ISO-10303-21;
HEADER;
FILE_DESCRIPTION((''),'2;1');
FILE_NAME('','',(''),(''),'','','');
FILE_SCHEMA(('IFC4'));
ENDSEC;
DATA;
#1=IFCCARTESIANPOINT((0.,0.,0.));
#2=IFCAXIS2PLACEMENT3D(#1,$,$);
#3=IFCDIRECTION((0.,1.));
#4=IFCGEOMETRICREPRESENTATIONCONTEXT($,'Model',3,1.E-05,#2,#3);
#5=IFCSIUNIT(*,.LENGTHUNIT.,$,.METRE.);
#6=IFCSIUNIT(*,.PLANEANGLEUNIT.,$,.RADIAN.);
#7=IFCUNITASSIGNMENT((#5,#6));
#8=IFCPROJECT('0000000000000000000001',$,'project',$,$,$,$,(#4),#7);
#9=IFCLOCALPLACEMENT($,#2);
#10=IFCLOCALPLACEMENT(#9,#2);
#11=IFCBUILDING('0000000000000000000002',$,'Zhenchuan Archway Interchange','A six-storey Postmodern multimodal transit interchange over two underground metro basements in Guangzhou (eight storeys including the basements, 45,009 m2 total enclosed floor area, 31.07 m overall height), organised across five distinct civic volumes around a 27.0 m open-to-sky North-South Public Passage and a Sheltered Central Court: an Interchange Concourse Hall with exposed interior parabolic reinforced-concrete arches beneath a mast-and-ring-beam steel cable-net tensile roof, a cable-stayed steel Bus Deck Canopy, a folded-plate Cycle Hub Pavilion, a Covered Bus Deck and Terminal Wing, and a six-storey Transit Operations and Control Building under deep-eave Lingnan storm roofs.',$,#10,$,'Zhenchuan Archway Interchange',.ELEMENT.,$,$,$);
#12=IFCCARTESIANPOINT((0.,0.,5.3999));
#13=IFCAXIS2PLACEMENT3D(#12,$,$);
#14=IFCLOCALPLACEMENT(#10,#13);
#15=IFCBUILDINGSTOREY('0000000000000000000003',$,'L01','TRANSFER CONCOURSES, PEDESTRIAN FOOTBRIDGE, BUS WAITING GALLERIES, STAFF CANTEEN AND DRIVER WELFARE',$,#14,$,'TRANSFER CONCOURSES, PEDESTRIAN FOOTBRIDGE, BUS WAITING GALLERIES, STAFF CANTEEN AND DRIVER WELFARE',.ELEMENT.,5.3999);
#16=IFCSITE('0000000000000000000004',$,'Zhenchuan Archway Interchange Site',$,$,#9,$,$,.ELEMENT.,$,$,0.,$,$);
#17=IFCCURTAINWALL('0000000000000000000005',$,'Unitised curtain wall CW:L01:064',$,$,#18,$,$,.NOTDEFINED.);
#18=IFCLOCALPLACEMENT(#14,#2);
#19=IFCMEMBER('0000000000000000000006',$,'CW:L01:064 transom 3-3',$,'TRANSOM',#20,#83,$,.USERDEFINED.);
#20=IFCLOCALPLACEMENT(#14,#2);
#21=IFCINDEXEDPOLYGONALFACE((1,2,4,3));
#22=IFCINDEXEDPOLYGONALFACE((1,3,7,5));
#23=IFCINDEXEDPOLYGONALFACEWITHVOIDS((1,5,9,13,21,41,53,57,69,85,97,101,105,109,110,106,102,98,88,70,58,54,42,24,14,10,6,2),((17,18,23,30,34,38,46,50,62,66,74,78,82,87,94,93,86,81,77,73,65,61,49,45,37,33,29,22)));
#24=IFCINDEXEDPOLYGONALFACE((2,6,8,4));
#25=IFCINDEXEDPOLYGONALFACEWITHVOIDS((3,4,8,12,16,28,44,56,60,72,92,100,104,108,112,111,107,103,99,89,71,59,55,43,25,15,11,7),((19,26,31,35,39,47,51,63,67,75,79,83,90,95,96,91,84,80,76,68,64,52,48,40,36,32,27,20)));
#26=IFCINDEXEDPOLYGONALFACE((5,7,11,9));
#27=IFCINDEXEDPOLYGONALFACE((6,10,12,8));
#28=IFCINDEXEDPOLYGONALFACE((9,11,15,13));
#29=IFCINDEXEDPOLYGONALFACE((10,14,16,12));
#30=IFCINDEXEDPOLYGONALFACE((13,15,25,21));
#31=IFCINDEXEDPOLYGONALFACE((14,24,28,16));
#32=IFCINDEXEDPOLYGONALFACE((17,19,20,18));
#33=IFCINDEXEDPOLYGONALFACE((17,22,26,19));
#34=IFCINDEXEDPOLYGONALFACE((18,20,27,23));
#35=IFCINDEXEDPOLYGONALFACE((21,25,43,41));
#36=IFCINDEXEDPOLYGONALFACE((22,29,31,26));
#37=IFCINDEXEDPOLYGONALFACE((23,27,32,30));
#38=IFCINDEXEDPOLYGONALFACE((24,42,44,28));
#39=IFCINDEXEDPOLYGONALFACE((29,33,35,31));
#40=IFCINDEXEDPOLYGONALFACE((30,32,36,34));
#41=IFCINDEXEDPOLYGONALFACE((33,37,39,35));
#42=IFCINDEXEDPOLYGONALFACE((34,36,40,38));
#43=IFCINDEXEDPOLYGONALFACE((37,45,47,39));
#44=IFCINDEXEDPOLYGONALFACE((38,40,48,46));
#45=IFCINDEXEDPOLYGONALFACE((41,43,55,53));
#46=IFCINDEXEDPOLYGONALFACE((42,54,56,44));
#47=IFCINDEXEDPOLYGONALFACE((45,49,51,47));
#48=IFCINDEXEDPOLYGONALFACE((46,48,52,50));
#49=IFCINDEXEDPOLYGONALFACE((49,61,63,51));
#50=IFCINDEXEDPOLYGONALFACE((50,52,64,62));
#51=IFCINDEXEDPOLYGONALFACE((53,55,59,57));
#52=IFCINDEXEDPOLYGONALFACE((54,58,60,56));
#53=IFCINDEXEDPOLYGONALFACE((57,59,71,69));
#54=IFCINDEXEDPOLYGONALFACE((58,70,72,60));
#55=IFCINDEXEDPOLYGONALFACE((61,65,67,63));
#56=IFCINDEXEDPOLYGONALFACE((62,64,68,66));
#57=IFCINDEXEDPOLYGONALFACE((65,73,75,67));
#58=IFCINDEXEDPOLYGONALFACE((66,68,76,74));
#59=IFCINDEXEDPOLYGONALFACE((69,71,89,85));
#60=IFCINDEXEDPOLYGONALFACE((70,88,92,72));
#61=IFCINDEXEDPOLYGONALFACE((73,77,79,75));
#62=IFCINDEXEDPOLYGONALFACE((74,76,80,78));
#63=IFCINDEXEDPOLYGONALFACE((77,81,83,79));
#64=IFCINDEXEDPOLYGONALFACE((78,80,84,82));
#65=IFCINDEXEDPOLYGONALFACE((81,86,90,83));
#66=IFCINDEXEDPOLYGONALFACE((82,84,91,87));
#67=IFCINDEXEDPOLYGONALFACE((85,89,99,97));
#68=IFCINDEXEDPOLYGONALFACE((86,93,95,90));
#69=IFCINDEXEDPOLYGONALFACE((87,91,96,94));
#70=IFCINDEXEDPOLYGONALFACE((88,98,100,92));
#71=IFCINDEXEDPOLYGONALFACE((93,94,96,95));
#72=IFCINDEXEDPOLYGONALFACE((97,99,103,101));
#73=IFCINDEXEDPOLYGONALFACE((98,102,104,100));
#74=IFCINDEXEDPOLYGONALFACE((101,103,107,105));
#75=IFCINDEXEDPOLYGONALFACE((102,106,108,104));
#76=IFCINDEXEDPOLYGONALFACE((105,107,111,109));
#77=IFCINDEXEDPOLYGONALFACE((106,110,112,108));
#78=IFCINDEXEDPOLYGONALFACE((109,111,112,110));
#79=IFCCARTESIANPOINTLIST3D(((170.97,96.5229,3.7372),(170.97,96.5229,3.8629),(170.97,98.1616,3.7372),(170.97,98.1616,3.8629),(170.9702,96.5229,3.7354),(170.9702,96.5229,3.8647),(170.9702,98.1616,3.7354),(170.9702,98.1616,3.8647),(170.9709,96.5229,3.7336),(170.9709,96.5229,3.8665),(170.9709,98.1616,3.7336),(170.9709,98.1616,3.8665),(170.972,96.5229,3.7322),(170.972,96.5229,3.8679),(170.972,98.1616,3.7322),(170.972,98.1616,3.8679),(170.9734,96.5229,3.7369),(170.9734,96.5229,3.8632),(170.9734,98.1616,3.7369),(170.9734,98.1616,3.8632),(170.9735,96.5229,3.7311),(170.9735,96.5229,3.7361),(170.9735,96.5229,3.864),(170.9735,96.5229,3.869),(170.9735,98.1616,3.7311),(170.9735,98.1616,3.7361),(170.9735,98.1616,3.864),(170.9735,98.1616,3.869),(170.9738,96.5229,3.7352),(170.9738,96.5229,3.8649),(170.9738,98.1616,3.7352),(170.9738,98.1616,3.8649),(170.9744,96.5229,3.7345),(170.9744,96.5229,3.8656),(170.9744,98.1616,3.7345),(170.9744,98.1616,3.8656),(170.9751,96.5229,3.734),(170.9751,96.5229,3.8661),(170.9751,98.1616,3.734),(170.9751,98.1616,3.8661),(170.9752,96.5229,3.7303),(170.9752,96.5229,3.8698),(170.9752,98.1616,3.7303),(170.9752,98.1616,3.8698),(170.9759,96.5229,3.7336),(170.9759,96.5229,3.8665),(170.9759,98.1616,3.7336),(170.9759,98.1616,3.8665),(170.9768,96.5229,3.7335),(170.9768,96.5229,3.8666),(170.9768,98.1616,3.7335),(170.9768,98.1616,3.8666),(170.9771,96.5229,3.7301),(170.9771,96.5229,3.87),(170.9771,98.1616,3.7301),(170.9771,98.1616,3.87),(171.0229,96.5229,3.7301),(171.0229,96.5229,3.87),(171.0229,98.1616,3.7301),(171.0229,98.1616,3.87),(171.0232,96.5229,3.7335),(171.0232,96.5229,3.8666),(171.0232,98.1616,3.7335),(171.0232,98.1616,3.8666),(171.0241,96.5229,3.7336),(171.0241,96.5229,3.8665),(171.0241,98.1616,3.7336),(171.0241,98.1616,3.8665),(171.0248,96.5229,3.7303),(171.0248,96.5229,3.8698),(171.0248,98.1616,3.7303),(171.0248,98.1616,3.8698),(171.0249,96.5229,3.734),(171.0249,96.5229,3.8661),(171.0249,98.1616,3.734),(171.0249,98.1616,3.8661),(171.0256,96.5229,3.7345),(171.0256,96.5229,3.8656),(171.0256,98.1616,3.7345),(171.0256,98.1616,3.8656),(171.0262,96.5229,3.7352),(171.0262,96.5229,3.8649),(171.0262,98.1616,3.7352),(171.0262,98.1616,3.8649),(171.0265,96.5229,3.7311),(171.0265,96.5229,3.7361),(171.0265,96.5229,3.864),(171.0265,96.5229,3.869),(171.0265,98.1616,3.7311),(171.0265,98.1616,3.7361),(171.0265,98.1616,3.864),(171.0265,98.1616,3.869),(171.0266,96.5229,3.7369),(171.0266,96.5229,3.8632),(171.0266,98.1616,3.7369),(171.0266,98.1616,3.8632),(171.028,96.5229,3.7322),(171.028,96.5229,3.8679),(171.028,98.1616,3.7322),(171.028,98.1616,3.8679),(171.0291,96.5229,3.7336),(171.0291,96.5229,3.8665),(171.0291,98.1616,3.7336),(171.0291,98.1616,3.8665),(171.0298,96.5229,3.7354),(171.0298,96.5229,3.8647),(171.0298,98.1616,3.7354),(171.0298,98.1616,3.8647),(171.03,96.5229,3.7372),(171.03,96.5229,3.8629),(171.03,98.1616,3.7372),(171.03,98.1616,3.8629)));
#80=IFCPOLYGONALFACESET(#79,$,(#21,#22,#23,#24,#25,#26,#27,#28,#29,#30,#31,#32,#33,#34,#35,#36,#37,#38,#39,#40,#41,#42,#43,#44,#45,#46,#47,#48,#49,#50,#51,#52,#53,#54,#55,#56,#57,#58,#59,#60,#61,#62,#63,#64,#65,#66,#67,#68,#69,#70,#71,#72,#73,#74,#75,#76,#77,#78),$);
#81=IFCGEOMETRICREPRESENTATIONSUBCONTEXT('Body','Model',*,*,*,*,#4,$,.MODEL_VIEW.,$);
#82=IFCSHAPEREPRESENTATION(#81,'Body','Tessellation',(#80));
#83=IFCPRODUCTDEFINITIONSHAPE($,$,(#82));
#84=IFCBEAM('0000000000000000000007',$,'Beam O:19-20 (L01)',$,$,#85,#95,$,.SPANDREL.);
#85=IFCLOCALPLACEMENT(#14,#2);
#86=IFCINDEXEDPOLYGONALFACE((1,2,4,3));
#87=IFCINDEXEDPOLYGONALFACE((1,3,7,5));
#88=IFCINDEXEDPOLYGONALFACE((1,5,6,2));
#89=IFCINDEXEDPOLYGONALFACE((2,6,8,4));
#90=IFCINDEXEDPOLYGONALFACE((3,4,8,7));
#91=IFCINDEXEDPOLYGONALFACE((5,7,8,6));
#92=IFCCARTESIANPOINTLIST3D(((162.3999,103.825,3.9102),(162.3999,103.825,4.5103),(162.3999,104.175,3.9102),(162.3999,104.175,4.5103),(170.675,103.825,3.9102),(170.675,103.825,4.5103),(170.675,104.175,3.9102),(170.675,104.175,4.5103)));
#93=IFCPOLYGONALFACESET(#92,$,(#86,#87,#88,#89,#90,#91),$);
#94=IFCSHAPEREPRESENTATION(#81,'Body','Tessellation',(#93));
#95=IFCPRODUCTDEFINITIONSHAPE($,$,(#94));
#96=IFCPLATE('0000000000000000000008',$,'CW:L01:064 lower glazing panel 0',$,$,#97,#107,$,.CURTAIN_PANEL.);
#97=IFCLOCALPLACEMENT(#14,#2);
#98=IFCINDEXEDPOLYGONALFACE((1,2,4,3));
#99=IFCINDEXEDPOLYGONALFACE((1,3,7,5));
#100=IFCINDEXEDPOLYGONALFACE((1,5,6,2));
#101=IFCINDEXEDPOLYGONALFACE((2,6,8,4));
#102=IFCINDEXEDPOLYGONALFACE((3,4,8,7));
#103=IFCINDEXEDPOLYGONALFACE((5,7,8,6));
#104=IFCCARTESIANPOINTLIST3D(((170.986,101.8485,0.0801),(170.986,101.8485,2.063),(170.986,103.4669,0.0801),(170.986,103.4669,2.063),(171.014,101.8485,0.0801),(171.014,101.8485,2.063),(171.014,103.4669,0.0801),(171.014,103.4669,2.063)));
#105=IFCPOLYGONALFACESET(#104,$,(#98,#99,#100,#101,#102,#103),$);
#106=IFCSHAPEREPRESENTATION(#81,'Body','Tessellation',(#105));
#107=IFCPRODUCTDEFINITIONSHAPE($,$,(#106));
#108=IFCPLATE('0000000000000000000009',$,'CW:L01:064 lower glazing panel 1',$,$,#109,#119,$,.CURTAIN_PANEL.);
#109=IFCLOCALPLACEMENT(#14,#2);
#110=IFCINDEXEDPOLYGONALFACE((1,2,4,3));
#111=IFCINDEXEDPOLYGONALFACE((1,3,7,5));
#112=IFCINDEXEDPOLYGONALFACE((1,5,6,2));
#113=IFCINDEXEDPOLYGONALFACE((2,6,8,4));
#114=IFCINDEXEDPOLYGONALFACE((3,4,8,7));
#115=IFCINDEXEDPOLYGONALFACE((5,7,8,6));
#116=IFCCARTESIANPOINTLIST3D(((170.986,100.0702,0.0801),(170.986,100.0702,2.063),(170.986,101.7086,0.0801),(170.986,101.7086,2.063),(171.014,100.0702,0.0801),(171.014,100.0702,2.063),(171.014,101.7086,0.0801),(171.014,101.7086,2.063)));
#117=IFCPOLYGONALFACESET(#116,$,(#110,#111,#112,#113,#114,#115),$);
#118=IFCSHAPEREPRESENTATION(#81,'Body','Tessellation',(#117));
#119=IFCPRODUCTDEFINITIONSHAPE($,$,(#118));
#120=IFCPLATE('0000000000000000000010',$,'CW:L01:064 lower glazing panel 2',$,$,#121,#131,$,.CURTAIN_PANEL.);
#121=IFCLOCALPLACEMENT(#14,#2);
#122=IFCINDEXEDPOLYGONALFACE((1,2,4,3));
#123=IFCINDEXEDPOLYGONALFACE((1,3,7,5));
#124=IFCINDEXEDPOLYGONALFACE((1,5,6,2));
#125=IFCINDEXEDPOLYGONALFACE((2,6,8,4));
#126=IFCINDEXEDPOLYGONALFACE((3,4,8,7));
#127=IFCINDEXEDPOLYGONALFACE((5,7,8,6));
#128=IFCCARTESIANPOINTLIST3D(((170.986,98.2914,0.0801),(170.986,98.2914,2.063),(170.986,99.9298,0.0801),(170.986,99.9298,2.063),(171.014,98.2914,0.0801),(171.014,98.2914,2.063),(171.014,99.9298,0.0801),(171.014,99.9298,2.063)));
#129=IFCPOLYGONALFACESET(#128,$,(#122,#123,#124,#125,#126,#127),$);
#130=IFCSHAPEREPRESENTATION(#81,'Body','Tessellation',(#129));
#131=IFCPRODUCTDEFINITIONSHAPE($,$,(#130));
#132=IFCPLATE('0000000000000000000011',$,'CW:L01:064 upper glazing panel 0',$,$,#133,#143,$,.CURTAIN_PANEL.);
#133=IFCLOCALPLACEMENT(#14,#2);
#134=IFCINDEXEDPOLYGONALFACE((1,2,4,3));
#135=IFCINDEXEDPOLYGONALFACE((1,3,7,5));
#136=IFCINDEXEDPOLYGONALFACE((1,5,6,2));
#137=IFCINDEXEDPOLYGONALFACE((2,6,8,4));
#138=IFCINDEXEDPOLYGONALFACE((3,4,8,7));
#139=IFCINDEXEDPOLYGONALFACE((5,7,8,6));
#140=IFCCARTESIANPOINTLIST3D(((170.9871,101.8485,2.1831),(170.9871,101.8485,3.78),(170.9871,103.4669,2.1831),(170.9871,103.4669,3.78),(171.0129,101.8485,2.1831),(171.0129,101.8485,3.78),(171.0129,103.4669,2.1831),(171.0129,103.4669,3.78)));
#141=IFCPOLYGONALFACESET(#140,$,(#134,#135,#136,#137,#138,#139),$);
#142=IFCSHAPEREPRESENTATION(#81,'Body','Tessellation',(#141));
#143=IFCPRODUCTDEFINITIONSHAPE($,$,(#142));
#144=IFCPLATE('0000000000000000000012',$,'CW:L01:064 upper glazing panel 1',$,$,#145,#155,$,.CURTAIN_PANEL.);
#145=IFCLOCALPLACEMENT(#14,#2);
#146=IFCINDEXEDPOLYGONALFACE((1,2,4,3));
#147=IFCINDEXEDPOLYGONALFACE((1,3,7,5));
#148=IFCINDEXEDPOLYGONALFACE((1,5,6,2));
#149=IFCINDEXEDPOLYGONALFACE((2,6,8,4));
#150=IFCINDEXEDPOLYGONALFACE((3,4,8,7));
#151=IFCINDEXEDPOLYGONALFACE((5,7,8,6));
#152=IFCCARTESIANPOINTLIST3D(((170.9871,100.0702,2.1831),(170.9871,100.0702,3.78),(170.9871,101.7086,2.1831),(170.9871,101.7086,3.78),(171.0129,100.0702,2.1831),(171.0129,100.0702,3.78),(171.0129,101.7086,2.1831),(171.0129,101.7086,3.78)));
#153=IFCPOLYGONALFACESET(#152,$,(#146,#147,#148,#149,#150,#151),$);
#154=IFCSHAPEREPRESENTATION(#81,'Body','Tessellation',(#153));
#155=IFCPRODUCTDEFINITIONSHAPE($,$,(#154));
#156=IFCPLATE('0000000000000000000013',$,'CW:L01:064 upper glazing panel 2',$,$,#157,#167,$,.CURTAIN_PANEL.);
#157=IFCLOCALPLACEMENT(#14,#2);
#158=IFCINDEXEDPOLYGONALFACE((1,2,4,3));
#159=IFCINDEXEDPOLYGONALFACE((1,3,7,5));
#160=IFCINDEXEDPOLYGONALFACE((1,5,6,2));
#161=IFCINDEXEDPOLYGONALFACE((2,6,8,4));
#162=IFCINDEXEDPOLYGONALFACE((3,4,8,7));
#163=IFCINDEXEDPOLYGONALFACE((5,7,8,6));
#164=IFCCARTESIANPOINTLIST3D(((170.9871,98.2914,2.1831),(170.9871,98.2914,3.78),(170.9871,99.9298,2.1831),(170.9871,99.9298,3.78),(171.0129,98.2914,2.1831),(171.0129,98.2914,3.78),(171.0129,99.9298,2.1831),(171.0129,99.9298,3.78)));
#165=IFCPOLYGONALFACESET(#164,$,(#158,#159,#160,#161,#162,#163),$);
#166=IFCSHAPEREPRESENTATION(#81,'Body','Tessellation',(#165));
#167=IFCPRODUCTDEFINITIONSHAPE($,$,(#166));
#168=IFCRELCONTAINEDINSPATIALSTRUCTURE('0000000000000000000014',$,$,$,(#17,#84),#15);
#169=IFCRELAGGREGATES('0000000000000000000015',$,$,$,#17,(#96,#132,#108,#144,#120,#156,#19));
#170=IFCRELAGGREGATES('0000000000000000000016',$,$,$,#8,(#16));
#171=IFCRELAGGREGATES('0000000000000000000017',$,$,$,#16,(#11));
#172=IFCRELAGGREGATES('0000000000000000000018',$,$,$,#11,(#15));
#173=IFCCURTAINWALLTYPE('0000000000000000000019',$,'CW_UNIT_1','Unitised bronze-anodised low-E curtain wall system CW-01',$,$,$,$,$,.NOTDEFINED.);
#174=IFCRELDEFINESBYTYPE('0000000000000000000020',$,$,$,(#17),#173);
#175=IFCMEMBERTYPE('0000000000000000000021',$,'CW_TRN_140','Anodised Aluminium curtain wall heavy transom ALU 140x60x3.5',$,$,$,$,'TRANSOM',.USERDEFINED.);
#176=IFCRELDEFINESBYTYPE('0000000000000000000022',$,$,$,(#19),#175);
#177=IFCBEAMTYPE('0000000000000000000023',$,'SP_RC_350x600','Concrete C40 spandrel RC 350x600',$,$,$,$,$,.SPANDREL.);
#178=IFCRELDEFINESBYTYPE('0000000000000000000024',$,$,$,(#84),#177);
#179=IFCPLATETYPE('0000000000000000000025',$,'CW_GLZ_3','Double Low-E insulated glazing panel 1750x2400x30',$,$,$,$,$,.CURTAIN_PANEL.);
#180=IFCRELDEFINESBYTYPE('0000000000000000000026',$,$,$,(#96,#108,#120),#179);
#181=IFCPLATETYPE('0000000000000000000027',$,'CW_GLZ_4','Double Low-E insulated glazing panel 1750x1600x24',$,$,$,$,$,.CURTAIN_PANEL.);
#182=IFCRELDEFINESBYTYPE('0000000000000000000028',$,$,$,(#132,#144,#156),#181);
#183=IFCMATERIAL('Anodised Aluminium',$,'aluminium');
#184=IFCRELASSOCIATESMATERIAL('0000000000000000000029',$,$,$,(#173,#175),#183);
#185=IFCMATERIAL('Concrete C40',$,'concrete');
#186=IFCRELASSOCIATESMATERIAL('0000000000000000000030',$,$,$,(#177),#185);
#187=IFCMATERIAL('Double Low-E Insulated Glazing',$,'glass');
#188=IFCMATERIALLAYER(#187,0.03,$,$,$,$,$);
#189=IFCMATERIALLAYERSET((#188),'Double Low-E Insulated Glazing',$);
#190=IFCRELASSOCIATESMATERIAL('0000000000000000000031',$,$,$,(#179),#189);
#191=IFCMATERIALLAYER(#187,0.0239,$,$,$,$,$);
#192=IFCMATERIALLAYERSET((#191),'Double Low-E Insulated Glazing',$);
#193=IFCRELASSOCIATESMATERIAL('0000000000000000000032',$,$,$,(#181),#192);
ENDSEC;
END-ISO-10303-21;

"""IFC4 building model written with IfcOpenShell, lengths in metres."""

from ifc_helpers import new_model, si_unit, direction, frame, origin, origin_2d, place, context, subcontext, project, spatial, rectangle, hollow_rectangle, extrude, material, layer, layer_set, material_profile, profile_set, type_object, element, aggregate, save


model = new_model("IFC4")

# Units and contexts
model_context = context("Model", 3, precision=1e-05, world=origin(), true_north=direction((0.0, 1.0)))
body_context = subcontext(model_context, "Body", "Model", "MODEL_VIEW")
ifc_project = project(units=[si_unit("LENGTHUNIT", "METRE"), si_unit("PLANEANGLEUNIT", "RADIAN")], contexts=[model_context])

# Site, building, storey
site_placement = place(None, origin())
site = spatial("IfcSite", under=ifc_project, at=site_placement, Name="Zhenchuan Archway Interchange Site", CompositionType="ELEMENT", RefElevation=0.0)
building_placement = place(site_placement, origin())
building = spatial("IfcBuilding", under=site, at=building_placement, Name="Zhenchuan Archway Interchange", Description="A six-storey Postmodern multimodal transit interchange over two underground metro basements in Guangzhou (eight storeys including the basements, 45,009 m2 total enclosed floor area, 31.07 m overall height), organised across five distinct civic volumes around a 27.0 m open-to-sky North-South Public Passage and a Sheltered Central Court: an Interchange Concourse Hall with exposed interior parabolic reinforced-concrete arches beneath a mast-and-ring-beam steel cable-net tensile roof, a cable-stayed steel Bus Deck Canopy, a folded-plate Cycle Hub Pavilion, a Covered Bus Deck and Terminal Wing, and a six-storey Transit Operations and Control Building under deep-eave Lingnan storm roofs.", LongName="Zhenchuan Archway Interchange", CompositionType="ELEMENT")
storey_placement = place(building_placement, frame((0.0, 0.0, 5.3999)))
storey = spatial("IfcBuildingStorey", under=building, at=storey_placement, Name="L01", Description="TRANSFER CONCOURSES, PEDESTRIAN FOOTBRIDGE, BUS WAITING GALLERIES, STAFF CANTEEN AND DRIVER WELFARE", LongName="TRANSFER CONCOURSES, PEDESTRIAN FOOTBRIDGE, BUS WAITING GALLERIES, STAFF CANTEEN AND DRIVER WELFARE", CompositionType="ELEMENT", Elevation=5.3999)

# Shared definitions
ifc_material_1 = material(Name="Concrete C40", Category="concrete")

# Shared definitions
ifc_material_2 = material(Name="Anodised Aluminium", Category="aluminium")

# Curtain wall, member
curtain_wall_type_1 = type_object("IfcCurtainWallType", Name="CW_UNIT_1", Description="Unitised bronze-anodised low-E curtain wall system CW-01", PredefinedType="NOTDEFINED", material=ifc_material_2)
curtain_wall_1_placement = place(storey_placement, origin())
curtain_wall_1 = element("IfcCurtainWall", 1, at=curtain_wall_1_placement, inside=storey, type_object=curtain_wall_type_1, Name="Unitised curtain wall CW:L01:064", PredefinedType="NOTDEFINED")
ifc_material_profile_1 = material_profile(ifc_material_2, hollow_rectangle(XDim=0.0601, YDim=0.1399, WallThickness=0.0034, InnerFilletRadius=0.0034, OuterFilletRadius=0.0071, at=origin_2d()), Name="ALU 140x60x3.5")
ifc_profile_set_1 = profile_set([ifc_material_profile_1], Name="Anodised Aluminium")
member_type_1 = type_object("IfcMemberType", Name="CW_TRN_140", Description="Anodised Aluminium curtain wall heavy transom ALU 140x60x3.5", ElementType="TRANSOM", PredefinedType="USERDEFINED", material=ifc_profile_set_1)
member_1_placement = place(storey_placement, frame((171.0, 98.1616, 3.8), z_axis=(0.0, -1.0, 0.0), x_axis=(1.0, 0.0, 0.0)))
member_1 = element("IfcMember", 2, at=member_1_placement, type_object=member_type_1, Name="CW:L01:064 transom 3-3", ObjectType="TRANSOM", PredefinedType="USERDEFINED", context=body_context, shape_type="SweptSolid", body=[
    extrude(hollow_rectangle(XDim=0.0601, YDim=0.1399, WallThickness=0.0034, InnerFilletRadius=0.0034, OuterFilletRadius=0.0071, at=origin_2d()), origin(), (0.0, 0.0, 1.0), 1.6387),
])

# Beam
ifc_material_profile_2 = material_profile(ifc_material_1, rectangle(XDim=0.3501, YDim=0.6001, at=origin_2d()), Name="RC 350x600")
ifc_profile_set_2 = profile_set([ifc_material_profile_2], Name="Concrete C40")
beam_type = type_object("IfcBeamType", Name="SP_RC_350x600", Description="Concrete C40 spandrel RC 350x600", PredefinedType="SPANDREL", material=ifc_profile_set_2)
beam_placement = place(storey_placement, frame((162.3999, 104.0, 4.2102), z_axis=(1.0, 0.0, 0.0), x_axis=(0.0, 1.0, 0.0)))
element("IfcBeam", 3, at=beam_placement, inside=storey, type_object=beam_type, Name="Beam O:19-20 (L01)", PredefinedType="SPANDREL", context=body_context, shape_type="SweptSolid", body=[
    extrude(rectangle(XDim=0.3501, YDim=0.6001, at=origin_2d()), origin(), (0.0, 0.0, 1.0), 8.2751),
])

# Plates
ifc_material_3 = material(Name="Double Low-E Insulated Glazing", Category="glass")
ifc_layer_1 = layer(ifc_material_3, 0.03)
ifc_layer_set_1 = layer_set([ifc_layer_1], Name="Double Low-E Insulated Glazing")
plate_type_1 = type_object("IfcPlateType", Name="CW_GLZ_3", Description="Double Low-E insulated glazing panel 1750x2400x30", PredefinedType="CURTAIN_PANEL", material=ifc_layer_set_1)
plate_1_placement = place(storey_placement, frame((171.0, 102.6577, 0.0801), z_axis=(0.0, 0.0, 1.0), x_axis=(0.0, -1.0, 0.0)))
plate_1 = element("IfcPlate", 4, at=plate_1_placement, type_object=plate_type_1, Name="CW:L01:064 lower glazing panel 0", PredefinedType="CURTAIN_PANEL", context=body_context, shape_type="SweptSolid", body=[
    extrude(rectangle(XDim=1.6184, YDim=0.0281, at=origin_2d()), origin(), (0.0, 0.0, 1.0), 1.9829),
])
plate_2_placement = place(storey_placement, frame((171.0, 100.8894, 0.0801), z_axis=(0.0, 0.0, 1.0), x_axis=(0.0, -1.0, 0.0)))
plate_2 = element("IfcPlate", 5, at=plate_2_placement, type_object=plate_type_1, Name="CW:L01:064 lower glazing panel 1", PredefinedType="CURTAIN_PANEL", context=body_context, shape_type="SweptSolid", body=[
    extrude(rectangle(XDim=1.6384, YDim=0.0281, at=origin_2d()), origin(), (0.0, 0.0, 1.0), 1.9829),
])
plate_3_placement = place(storey_placement, frame((171.0, 99.1106, 0.0801), z_axis=(0.0, 0.0, 1.0), x_axis=(0.0, -1.0, 0.0)))
plate_3 = element("IfcPlate", 6, at=plate_3_placement, type_object=plate_type_1, Name="CW:L01:064 lower glazing panel 2", PredefinedType="CURTAIN_PANEL", context=body_context, shape_type="SweptSolid", body=[
    extrude(rectangle(XDim=1.6384, YDim=0.0281, at=origin_2d()), origin(), (0.0, 0.0, 1.0), 1.9829),
])
ifc_layer_2 = layer(ifc_material_3, 0.0239)
ifc_layer_set_2 = layer_set([ifc_layer_2], Name="Double Low-E Insulated Glazing")
plate_type_2 = type_object("IfcPlateType", Name="CW_GLZ_4", Description="Double Low-E insulated glazing panel 1750x1600x24", PredefinedType="CURTAIN_PANEL", material=ifc_layer_set_2)
plate_4_placement = place(storey_placement, frame((171.0, 102.6577, 2.1831), z_axis=(0.0, 0.0, 1.0), x_axis=(0.0, -1.0, 0.0)))
plate_4 = element("IfcPlate", 7, at=plate_4_placement, type_object=plate_type_2, Name="CW:L01:064 upper glazing panel 0", PredefinedType="CURTAIN_PANEL", context=body_context, shape_type="SweptSolid", body=[
    extrude(rectangle(XDim=1.6184, YDim=0.0259, at=origin_2d()), origin(), (0.0, 0.0, 1.0), 1.5969),
])
plate_5_placement = place(storey_placement, frame((171.0, 100.8894, 2.1831), z_axis=(0.0, 0.0, 1.0), x_axis=(0.0, -1.0, 0.0)))
plate_5 = element("IfcPlate", 8, at=plate_5_placement, type_object=plate_type_2, Name="CW:L01:064 upper glazing panel 1", PredefinedType="CURTAIN_PANEL", context=body_context, shape_type="SweptSolid", body=[
    extrude(rectangle(XDim=1.6384, YDim=0.0259, at=origin_2d()), origin(), (0.0, 0.0, 1.0), 1.5969),
])
plate_6_placement = place(storey_placement, frame((171.0, 99.1106, 2.1831), z_axis=(0.0, 0.0, 1.0), x_axis=(0.0, -1.0, 0.0)))
plate_6 = element("IfcPlate", 9, at=plate_6_placement, type_object=plate_type_2, Name="CW:L01:064 upper glazing panel 2", PredefinedType="CURTAIN_PANEL", context=body_context, shape_type="SweptSolid", body=[
    extrude(rectangle(XDim=1.6384, YDim=0.0259, at=origin_2d()), origin(), (0.0, 0.0, 1.0), 1.5969),
])
aggregate(curtain_wall_1, [plate_1, plate_4, plate_2, plate_5, plate_3, plate_6, member_1])

save(model, "model.ifc")
